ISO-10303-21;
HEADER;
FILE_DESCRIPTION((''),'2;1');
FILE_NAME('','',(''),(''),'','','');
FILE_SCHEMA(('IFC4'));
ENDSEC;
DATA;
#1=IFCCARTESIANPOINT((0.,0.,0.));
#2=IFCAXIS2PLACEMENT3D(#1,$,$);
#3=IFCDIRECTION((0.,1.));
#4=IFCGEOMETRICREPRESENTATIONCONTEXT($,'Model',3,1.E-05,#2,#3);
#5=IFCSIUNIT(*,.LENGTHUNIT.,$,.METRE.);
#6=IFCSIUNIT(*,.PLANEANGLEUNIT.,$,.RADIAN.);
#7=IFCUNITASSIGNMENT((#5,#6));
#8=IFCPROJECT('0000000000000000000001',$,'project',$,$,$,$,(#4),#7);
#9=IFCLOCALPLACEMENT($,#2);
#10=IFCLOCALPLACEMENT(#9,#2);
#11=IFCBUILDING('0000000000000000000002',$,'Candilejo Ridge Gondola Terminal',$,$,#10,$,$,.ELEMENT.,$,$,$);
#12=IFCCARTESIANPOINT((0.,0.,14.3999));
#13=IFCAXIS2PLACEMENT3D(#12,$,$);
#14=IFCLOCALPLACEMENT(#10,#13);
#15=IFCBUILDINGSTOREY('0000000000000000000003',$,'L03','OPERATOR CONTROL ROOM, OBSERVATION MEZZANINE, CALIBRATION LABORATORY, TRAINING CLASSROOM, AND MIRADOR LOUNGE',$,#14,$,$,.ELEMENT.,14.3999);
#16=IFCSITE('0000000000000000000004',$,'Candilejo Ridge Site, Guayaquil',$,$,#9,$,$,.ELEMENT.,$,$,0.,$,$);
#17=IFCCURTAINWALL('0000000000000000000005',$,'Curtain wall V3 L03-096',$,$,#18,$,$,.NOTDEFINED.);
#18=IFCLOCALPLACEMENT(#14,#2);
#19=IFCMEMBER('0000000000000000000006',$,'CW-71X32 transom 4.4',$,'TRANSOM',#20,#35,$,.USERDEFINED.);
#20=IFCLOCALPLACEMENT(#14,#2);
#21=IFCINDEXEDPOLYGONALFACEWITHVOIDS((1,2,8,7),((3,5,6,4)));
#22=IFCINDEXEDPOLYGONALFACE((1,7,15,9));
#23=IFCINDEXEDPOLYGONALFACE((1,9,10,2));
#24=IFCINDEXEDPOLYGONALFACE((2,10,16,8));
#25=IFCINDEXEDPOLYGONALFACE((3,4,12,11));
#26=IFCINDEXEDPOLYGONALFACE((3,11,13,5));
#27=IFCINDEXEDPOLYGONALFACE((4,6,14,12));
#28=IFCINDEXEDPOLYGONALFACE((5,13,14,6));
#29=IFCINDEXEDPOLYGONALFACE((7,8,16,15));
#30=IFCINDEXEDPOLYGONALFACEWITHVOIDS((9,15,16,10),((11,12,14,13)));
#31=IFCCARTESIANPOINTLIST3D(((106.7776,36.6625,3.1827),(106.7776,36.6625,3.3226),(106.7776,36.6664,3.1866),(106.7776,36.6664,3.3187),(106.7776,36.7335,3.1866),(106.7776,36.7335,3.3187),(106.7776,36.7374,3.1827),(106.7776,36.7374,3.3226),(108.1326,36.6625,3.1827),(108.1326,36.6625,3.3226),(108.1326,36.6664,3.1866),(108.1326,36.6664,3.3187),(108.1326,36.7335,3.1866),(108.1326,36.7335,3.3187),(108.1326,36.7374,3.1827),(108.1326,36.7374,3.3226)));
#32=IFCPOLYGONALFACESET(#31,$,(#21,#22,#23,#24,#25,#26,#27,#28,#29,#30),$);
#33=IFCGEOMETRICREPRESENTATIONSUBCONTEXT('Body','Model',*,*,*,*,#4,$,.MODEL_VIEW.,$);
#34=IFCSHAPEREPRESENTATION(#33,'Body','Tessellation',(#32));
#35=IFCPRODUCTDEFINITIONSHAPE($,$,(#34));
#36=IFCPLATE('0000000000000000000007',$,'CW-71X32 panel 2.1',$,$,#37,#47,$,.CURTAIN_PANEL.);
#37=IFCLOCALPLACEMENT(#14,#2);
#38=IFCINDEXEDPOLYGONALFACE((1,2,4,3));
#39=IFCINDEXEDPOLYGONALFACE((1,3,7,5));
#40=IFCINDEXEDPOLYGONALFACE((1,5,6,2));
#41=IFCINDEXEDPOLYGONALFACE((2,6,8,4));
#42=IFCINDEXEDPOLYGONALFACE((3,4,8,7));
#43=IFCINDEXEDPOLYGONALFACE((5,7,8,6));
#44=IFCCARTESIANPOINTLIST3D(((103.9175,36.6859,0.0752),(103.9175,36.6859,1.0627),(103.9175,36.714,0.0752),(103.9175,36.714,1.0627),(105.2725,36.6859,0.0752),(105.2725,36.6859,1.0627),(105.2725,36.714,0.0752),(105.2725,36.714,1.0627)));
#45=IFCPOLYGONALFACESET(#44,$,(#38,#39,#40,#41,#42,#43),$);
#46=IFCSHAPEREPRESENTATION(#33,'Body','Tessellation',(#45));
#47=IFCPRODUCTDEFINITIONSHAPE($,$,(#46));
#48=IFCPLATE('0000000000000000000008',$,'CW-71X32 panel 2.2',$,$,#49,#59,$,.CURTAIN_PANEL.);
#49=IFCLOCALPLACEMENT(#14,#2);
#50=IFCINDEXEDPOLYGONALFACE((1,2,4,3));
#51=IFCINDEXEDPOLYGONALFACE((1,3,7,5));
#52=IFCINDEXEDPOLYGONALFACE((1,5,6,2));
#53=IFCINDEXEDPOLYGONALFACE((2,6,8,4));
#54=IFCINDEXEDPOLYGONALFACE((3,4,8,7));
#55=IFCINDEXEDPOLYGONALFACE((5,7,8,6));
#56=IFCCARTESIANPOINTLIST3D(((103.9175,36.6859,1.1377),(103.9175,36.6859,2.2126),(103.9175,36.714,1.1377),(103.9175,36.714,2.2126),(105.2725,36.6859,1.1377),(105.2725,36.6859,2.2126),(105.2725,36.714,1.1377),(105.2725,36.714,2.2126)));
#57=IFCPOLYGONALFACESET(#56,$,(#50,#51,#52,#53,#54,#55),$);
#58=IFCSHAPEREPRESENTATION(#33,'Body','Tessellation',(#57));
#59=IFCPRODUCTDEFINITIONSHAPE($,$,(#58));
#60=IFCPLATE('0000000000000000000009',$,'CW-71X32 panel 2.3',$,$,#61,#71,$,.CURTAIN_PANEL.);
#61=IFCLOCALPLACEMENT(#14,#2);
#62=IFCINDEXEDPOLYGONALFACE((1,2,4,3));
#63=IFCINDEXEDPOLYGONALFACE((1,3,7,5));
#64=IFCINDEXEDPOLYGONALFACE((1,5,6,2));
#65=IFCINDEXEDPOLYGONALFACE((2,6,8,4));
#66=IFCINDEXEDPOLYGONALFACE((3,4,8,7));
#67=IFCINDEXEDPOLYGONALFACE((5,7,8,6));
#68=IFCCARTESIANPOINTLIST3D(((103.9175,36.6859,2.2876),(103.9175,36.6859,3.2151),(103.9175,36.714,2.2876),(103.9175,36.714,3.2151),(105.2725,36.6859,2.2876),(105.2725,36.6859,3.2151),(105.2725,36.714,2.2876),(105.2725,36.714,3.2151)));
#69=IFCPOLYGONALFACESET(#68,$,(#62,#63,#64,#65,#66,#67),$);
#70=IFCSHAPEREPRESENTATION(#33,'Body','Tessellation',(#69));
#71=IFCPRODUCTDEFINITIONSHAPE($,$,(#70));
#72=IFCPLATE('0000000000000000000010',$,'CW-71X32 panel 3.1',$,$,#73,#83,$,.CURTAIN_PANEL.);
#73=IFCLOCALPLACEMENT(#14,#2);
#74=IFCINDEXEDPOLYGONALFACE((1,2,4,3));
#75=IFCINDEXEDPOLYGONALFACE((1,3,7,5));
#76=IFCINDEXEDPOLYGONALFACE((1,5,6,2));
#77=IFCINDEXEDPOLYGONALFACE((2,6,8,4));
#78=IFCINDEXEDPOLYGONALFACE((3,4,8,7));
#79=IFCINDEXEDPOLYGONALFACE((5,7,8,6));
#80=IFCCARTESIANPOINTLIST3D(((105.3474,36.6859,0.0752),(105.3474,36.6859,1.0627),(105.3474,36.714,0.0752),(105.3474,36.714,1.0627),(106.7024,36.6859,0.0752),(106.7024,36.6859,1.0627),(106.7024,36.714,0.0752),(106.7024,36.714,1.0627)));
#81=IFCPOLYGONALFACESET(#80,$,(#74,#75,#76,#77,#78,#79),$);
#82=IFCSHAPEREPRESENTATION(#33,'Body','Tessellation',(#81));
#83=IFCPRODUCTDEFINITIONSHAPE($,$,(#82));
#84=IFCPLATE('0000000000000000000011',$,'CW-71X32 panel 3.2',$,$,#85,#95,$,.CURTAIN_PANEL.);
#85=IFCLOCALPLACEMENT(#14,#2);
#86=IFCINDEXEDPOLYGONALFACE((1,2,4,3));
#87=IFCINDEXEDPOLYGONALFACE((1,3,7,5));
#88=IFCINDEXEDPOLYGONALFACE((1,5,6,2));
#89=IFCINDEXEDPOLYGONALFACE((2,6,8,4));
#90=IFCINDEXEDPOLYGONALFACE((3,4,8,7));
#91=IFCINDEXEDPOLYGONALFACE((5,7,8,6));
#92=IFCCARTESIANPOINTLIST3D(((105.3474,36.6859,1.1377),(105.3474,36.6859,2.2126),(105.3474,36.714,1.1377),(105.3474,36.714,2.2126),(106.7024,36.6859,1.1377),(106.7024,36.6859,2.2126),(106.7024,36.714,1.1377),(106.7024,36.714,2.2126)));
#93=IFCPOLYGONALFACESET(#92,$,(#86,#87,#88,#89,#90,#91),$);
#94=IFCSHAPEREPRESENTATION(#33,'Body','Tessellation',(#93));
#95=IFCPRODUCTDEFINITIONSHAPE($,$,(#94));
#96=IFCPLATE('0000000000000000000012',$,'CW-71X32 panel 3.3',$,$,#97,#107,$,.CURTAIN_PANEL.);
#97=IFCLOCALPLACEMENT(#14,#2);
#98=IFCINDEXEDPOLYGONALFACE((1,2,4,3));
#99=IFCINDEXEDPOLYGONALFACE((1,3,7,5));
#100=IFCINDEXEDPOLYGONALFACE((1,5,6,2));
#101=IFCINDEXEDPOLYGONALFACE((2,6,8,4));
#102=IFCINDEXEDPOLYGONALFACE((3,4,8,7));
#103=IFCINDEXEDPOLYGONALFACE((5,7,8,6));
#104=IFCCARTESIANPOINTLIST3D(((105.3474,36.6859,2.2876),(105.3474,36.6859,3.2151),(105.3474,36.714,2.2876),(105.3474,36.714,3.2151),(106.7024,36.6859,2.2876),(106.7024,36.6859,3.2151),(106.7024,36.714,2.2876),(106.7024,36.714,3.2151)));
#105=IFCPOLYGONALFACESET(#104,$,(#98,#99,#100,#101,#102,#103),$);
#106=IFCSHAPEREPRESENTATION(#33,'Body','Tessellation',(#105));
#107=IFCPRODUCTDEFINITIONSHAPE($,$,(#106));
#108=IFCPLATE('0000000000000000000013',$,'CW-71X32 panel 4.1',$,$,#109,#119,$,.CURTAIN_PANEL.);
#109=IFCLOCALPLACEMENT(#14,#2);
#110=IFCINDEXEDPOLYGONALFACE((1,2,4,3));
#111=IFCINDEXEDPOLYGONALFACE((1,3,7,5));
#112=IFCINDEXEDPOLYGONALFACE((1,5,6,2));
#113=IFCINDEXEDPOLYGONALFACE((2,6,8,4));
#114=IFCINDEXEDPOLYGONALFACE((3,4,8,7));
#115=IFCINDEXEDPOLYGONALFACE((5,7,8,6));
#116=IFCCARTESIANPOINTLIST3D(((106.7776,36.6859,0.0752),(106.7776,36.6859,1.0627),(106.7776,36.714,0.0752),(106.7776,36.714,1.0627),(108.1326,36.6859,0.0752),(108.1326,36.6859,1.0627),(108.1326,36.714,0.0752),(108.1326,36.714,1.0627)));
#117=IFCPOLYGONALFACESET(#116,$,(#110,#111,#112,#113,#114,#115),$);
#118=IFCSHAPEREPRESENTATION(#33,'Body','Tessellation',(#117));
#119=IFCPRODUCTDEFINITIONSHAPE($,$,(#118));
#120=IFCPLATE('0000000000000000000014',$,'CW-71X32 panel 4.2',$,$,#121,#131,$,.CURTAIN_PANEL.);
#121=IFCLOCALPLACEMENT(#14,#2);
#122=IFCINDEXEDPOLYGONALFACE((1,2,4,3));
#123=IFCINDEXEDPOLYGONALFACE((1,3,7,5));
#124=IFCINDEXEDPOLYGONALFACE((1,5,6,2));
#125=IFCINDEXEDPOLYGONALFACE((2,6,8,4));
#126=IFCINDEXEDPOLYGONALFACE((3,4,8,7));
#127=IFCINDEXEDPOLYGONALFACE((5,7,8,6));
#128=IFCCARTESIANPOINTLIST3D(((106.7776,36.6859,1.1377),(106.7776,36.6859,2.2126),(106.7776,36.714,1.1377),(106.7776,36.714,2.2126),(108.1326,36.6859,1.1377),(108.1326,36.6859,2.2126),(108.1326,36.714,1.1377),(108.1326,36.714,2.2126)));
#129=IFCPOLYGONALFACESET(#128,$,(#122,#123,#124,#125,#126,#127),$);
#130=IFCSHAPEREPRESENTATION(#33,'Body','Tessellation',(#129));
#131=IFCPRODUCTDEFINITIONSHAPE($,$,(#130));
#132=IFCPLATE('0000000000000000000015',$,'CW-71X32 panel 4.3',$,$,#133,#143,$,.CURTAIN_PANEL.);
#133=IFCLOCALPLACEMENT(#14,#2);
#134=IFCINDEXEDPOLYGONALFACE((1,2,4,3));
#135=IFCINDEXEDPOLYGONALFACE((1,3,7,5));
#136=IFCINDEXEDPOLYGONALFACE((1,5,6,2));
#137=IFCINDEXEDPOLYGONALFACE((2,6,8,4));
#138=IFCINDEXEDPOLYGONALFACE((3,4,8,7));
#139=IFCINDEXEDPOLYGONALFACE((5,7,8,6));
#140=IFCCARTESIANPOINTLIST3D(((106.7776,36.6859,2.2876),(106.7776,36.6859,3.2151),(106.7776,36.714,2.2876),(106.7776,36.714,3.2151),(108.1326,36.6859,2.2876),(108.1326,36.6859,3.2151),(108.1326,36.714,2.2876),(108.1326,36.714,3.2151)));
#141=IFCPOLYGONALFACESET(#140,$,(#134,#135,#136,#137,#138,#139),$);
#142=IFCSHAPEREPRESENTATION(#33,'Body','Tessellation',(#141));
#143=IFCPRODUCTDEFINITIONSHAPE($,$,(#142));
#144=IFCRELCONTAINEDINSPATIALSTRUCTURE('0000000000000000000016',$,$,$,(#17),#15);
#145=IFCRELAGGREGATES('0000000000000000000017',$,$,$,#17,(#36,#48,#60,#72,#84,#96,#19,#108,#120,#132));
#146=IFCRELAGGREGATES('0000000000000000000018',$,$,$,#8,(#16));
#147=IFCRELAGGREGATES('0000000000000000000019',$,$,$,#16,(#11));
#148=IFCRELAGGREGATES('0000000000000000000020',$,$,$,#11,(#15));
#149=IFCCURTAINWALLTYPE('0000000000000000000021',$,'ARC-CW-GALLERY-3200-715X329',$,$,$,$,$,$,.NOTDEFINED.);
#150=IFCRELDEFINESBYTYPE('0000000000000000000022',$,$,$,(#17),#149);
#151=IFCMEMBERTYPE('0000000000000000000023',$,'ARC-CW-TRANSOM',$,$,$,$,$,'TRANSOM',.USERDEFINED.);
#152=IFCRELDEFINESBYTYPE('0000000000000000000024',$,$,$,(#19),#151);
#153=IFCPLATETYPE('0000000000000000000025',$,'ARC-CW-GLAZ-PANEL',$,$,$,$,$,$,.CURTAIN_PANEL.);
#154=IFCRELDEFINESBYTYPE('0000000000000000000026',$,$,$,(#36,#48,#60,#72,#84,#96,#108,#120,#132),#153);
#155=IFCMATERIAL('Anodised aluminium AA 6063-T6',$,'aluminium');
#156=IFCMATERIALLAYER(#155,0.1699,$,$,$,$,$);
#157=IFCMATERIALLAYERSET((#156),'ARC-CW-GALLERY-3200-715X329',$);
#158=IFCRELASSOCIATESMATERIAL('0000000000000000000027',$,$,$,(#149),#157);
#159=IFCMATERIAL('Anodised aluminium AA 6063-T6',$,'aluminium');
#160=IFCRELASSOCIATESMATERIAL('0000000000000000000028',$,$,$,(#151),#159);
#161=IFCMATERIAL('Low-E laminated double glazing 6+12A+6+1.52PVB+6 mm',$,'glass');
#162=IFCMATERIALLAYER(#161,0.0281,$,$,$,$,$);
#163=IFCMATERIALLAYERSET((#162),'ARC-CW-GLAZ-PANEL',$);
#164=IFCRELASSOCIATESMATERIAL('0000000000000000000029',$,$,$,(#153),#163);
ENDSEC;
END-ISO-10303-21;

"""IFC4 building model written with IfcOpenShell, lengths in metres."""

from ifc_helpers import new_model, si_unit, direction, frame, origin, origin_2d, place, context, subcontext, project, spatial, rectangle, hollow_rectangle, extrude, material, layer, layer_set, material_profile, profile_set, type_object, element, aggregate, save


model = new_model("IFC4")

# Units and contexts
model_context = context("Model", 3, precision=1e-05, world=origin(), true_north=direction((0.0, 1.0)))
body_context = subcontext(model_context, "Body", "Model", "MODEL_VIEW")
ifc_project = project(units=[si_unit("LENGTHUNIT", "METRE"), si_unit("PLANEANGLEUNIT", "RADIAN")], contexts=[model_context])

# Site, building, storey
site_placement = place(None, origin())
site = spatial("IfcSite", under=ifc_project, at=site_placement, Name="Candilejo Ridge Site, Guayaquil", CompositionType="ELEMENT", RefElevation=0.0)
building_placement = place(site_placement, origin())
building = spatial("IfcBuilding", under=site, at=building_placement, Name="Candilejo Ridge Gondola Terminal", CompositionType="ELEMENT")
storey_placement = place(building_placement, frame((0.0, 0.0, 14.3999)))
storey = spatial("IfcBuildingStorey", under=building, at=storey_placement, Name="L03", Description="OPERATOR CONTROL ROOM, OBSERVATION MEZZANINE, CALIBRATION LABORATORY, TRAINING CLASSROOM, AND MIRADOR LOUNGE", CompositionType="ELEMENT", Elevation=14.3999)

# Curtain wall, member, plates
ifc_material_1 = material(Name="Anodised aluminium AA 6063-T6", Category="aluminium")
ifc_layer_1 = layer(ifc_material_1, 0.1699)
ifc_layer_set_1 = layer_set([ifc_layer_1], Name="ARC-CW-GALLERY-3200-715X329")
curtain_wall_type = type_object("IfcCurtainWallType", Name="ARC-CW-GALLERY-3200-715X329", PredefinedType="NOTDEFINED", material=ifc_layer_set_1)
curtain_wall_placement = place(storey_placement, origin())
curtain_wall = element("IfcCurtainWall", 1, at=curtain_wall_placement, inside=storey, type_object=curtain_wall_type, Name="Curtain wall V3 L03-096", PredefinedType="NOTDEFINED")
ifc_material_2 = material(Name="Anodised aluminium AA 6063-T6", Category="aluminium")
ifc_material_profile_1 = material_profile(ifc_material_2, hollow_rectangle(XDim=0.075, YDim=0.1399, WallThickness=0.0039, at=origin_2d()))
ifc_profile_set_1 = profile_set([ifc_material_profile_1], Name="Anodised aluminium AA 6063-T6")
member_type_1 = type_object("IfcMemberType", Name="ARC-CW-TRANSOM", ElementType="TRANSOM", PredefinedType="USERDEFINED", material=ifc_profile_set_1)
member_1_placement = place(storey_placement, frame((106.7776, 36.7, 3.2527), z_axis=(1.0, 0.0, 0.0), x_axis=(0.0, 1.0, 0.0)))
member_1 = element("IfcMember", 2, at=member_1_placement, type_object=member_type_1, Name="CW-71X32 transom 4.4", ObjectType="TRANSOM", PredefinedType="USERDEFINED", context=body_context, shape_type="SweptSolid", body=[
    extrude(hollow_rectangle(XDim=0.075, YDim=0.1399, WallThickness=0.0039, at=origin_2d()), origin(), (0.0, 0.0, 1.0), 1.355),
])
ifc_material_3 = material(Name="Low-E laminated double glazing 6+12A+6+1.52PVB+6 mm", Category="glass")
ifc_layer_2 = layer(ifc_material_3, 0.0281)
ifc_layer_set_2 = layer_set([ifc_layer_2], Name="ARC-CW-GLAZ-PANEL")
plate_type = type_object("IfcPlateType", Name="ARC-CW-GLAZ-PANEL", PredefinedType="CURTAIN_PANEL", material=ifc_layer_set_2)
plate_1_placement = place(storey_placement, frame((104.595, 36.7, 0.0752), z_axis=(0.0, 0.0, 1.0), x_axis=(1.0, 0.0, 0.0)))
plate_1 = element("IfcPlate", 3, at=plate_1_placement, type_object=plate_type, Name="CW-71X32 panel 2.1", PredefinedType="CURTAIN_PANEL", context=body_context, shape_type="SweptSolid", body=[
    extrude(rectangle(XDim=1.355, YDim=0.0281, at=origin_2d()), origin(), (0.0, 0.0, 1.0), 0.9875),
])
plate_2_placement = place(storey_placement, frame((104.595, 36.7, 1.1377), z_axis=(0.0, 0.0, 1.0), x_axis=(1.0, 0.0, 0.0)))
plate_2 = element("IfcPlate", 4, at=plate_2_placement, type_object=plate_type, Name="CW-71X32 panel 2.2", PredefinedType="CURTAIN_PANEL", context=body_context, shape_type="SweptSolid", body=[
    extrude(rectangle(XDim=1.355, YDim=0.0281, at=origin_2d()), origin(), (0.0, 0.0, 1.0), 1.075),
])
plate_3_placement = place(storey_placement, frame((104.595, 36.7, 2.2876), z_axis=(0.0, 0.0, 1.0), x_axis=(1.0, 0.0, 0.0)))
plate_3 = element("IfcPlate", 5, at=plate_3_placement, type_object=plate_type, Name="CW-71X32 panel 2.3", PredefinedType="CURTAIN_PANEL", context=body_context, shape_type="SweptSolid", body=[
    extrude(rectangle(XDim=1.355, YDim=0.0281, at=origin_2d()), origin(), (0.0, 0.0, 1.0), 0.9275),
])
plate_4_placement = place(storey_placement, frame((106.0249, 36.7, 0.0752), z_axis=(0.0, 0.0, 1.0), x_axis=(1.0, 0.0, 0.0)))
plate_4 = element("IfcPlate", 6, at=plate_4_placement, type_object=plate_type, Name="CW-71X32 panel 3.1", PredefinedType="CURTAIN_PANEL", context=body_context, shape_type="SweptSolid", body=[
    extrude(rectangle(XDim=1.355, YDim=0.0281, at=origin_2d()), origin(), (0.0, 0.0, 1.0), 0.9875),
])
plate_5_placement = place(storey_placement, frame((106.0249, 36.7, 1.1377), z_axis=(0.0, 0.0, 1.0), x_axis=(1.0, 0.0, 0.0)))
plate_5 = element("IfcPlate", 7, at=plate_5_placement, type_object=plate_type, Name="CW-71X32 panel 3.2", PredefinedType="CURTAIN_PANEL", context=body_context, shape_type="SweptSolid", body=[
    extrude(rectangle(XDim=1.355, YDim=0.0281, at=origin_2d()), origin(), (0.0, 0.0, 1.0), 1.075),
])
plate_6_placement = place(storey_placement, frame((106.0249, 36.7, 2.2876), z_axis=(0.0, 0.0, 1.0), x_axis=(1.0, 0.0, 0.0)))
plate_6 = element("IfcPlate", 8, at=plate_6_placement, type_object=plate_type, Name="CW-71X32 panel 3.3", PredefinedType="CURTAIN_PANEL", context=body_context, shape_type="SweptSolid", body=[
    extrude(rectangle(XDim=1.355, YDim=0.0281, at=origin_2d()), origin(), (0.0, 0.0, 1.0), 0.9275),
])
plate_7_placement = place(storey_placement, frame((107.4551, 36.7, 0.0752), z_axis=(0.0, 0.0, 1.0), x_axis=(1.0, 0.0, 0.0)))
plate_7 = element("IfcPlate", 9, at=plate_7_placement, type_object=plate_type, Name="CW-71X32 panel 4.1", PredefinedType="CURTAIN_PANEL", context=body_context, shape_type="SweptSolid", body=[
    extrude(rectangle(XDim=1.355, YDim=0.0281, at=origin_2d()), origin(), (0.0, 0.0, 1.0), 0.9875),
])
plate_8_placement = place(storey_placement, frame((107.4551, 36.7, 1.1377), z_axis=(0.0, 0.0, 1.0), x_axis=(1.0, 0.0, 0.0)))
plate_8 = element("IfcPlate", 10, at=plate_8_placement, type_object=plate_type, Name="CW-71X32 panel 4.2", PredefinedType="CURTAIN_PANEL", context=body_context, shape_type="SweptSolid", body=[
    extrude(rectangle(XDim=1.355, YDim=0.0281, at=origin_2d()), origin(), (0.0, 0.0, 1.0), 1.075),
])
plate_9_placement = place(storey_placement, frame((107.4551, 36.7, 2.2876), z_axis=(0.0, 0.0, 1.0), x_axis=(1.0, 0.0, 0.0)))
plate_9 = element("IfcPlate", 11, at=plate_9_placement, type_object=plate_type, Name="CW-71X32 panel 4.3", PredefinedType="CURTAIN_PANEL", context=body_context, shape_type="SweptSolid", body=[
    extrude(rectangle(XDim=1.355, YDim=0.0281, at=origin_2d()), origin(), (0.0, 0.0, 1.0), 0.9275),
])
aggregate(curtain_wall, [plate_1, plate_2, plate_3, plate_4, plate_5, plate_6, member_1, plate_7, plate_8, plate_9])

save(model, "model.ifc")
